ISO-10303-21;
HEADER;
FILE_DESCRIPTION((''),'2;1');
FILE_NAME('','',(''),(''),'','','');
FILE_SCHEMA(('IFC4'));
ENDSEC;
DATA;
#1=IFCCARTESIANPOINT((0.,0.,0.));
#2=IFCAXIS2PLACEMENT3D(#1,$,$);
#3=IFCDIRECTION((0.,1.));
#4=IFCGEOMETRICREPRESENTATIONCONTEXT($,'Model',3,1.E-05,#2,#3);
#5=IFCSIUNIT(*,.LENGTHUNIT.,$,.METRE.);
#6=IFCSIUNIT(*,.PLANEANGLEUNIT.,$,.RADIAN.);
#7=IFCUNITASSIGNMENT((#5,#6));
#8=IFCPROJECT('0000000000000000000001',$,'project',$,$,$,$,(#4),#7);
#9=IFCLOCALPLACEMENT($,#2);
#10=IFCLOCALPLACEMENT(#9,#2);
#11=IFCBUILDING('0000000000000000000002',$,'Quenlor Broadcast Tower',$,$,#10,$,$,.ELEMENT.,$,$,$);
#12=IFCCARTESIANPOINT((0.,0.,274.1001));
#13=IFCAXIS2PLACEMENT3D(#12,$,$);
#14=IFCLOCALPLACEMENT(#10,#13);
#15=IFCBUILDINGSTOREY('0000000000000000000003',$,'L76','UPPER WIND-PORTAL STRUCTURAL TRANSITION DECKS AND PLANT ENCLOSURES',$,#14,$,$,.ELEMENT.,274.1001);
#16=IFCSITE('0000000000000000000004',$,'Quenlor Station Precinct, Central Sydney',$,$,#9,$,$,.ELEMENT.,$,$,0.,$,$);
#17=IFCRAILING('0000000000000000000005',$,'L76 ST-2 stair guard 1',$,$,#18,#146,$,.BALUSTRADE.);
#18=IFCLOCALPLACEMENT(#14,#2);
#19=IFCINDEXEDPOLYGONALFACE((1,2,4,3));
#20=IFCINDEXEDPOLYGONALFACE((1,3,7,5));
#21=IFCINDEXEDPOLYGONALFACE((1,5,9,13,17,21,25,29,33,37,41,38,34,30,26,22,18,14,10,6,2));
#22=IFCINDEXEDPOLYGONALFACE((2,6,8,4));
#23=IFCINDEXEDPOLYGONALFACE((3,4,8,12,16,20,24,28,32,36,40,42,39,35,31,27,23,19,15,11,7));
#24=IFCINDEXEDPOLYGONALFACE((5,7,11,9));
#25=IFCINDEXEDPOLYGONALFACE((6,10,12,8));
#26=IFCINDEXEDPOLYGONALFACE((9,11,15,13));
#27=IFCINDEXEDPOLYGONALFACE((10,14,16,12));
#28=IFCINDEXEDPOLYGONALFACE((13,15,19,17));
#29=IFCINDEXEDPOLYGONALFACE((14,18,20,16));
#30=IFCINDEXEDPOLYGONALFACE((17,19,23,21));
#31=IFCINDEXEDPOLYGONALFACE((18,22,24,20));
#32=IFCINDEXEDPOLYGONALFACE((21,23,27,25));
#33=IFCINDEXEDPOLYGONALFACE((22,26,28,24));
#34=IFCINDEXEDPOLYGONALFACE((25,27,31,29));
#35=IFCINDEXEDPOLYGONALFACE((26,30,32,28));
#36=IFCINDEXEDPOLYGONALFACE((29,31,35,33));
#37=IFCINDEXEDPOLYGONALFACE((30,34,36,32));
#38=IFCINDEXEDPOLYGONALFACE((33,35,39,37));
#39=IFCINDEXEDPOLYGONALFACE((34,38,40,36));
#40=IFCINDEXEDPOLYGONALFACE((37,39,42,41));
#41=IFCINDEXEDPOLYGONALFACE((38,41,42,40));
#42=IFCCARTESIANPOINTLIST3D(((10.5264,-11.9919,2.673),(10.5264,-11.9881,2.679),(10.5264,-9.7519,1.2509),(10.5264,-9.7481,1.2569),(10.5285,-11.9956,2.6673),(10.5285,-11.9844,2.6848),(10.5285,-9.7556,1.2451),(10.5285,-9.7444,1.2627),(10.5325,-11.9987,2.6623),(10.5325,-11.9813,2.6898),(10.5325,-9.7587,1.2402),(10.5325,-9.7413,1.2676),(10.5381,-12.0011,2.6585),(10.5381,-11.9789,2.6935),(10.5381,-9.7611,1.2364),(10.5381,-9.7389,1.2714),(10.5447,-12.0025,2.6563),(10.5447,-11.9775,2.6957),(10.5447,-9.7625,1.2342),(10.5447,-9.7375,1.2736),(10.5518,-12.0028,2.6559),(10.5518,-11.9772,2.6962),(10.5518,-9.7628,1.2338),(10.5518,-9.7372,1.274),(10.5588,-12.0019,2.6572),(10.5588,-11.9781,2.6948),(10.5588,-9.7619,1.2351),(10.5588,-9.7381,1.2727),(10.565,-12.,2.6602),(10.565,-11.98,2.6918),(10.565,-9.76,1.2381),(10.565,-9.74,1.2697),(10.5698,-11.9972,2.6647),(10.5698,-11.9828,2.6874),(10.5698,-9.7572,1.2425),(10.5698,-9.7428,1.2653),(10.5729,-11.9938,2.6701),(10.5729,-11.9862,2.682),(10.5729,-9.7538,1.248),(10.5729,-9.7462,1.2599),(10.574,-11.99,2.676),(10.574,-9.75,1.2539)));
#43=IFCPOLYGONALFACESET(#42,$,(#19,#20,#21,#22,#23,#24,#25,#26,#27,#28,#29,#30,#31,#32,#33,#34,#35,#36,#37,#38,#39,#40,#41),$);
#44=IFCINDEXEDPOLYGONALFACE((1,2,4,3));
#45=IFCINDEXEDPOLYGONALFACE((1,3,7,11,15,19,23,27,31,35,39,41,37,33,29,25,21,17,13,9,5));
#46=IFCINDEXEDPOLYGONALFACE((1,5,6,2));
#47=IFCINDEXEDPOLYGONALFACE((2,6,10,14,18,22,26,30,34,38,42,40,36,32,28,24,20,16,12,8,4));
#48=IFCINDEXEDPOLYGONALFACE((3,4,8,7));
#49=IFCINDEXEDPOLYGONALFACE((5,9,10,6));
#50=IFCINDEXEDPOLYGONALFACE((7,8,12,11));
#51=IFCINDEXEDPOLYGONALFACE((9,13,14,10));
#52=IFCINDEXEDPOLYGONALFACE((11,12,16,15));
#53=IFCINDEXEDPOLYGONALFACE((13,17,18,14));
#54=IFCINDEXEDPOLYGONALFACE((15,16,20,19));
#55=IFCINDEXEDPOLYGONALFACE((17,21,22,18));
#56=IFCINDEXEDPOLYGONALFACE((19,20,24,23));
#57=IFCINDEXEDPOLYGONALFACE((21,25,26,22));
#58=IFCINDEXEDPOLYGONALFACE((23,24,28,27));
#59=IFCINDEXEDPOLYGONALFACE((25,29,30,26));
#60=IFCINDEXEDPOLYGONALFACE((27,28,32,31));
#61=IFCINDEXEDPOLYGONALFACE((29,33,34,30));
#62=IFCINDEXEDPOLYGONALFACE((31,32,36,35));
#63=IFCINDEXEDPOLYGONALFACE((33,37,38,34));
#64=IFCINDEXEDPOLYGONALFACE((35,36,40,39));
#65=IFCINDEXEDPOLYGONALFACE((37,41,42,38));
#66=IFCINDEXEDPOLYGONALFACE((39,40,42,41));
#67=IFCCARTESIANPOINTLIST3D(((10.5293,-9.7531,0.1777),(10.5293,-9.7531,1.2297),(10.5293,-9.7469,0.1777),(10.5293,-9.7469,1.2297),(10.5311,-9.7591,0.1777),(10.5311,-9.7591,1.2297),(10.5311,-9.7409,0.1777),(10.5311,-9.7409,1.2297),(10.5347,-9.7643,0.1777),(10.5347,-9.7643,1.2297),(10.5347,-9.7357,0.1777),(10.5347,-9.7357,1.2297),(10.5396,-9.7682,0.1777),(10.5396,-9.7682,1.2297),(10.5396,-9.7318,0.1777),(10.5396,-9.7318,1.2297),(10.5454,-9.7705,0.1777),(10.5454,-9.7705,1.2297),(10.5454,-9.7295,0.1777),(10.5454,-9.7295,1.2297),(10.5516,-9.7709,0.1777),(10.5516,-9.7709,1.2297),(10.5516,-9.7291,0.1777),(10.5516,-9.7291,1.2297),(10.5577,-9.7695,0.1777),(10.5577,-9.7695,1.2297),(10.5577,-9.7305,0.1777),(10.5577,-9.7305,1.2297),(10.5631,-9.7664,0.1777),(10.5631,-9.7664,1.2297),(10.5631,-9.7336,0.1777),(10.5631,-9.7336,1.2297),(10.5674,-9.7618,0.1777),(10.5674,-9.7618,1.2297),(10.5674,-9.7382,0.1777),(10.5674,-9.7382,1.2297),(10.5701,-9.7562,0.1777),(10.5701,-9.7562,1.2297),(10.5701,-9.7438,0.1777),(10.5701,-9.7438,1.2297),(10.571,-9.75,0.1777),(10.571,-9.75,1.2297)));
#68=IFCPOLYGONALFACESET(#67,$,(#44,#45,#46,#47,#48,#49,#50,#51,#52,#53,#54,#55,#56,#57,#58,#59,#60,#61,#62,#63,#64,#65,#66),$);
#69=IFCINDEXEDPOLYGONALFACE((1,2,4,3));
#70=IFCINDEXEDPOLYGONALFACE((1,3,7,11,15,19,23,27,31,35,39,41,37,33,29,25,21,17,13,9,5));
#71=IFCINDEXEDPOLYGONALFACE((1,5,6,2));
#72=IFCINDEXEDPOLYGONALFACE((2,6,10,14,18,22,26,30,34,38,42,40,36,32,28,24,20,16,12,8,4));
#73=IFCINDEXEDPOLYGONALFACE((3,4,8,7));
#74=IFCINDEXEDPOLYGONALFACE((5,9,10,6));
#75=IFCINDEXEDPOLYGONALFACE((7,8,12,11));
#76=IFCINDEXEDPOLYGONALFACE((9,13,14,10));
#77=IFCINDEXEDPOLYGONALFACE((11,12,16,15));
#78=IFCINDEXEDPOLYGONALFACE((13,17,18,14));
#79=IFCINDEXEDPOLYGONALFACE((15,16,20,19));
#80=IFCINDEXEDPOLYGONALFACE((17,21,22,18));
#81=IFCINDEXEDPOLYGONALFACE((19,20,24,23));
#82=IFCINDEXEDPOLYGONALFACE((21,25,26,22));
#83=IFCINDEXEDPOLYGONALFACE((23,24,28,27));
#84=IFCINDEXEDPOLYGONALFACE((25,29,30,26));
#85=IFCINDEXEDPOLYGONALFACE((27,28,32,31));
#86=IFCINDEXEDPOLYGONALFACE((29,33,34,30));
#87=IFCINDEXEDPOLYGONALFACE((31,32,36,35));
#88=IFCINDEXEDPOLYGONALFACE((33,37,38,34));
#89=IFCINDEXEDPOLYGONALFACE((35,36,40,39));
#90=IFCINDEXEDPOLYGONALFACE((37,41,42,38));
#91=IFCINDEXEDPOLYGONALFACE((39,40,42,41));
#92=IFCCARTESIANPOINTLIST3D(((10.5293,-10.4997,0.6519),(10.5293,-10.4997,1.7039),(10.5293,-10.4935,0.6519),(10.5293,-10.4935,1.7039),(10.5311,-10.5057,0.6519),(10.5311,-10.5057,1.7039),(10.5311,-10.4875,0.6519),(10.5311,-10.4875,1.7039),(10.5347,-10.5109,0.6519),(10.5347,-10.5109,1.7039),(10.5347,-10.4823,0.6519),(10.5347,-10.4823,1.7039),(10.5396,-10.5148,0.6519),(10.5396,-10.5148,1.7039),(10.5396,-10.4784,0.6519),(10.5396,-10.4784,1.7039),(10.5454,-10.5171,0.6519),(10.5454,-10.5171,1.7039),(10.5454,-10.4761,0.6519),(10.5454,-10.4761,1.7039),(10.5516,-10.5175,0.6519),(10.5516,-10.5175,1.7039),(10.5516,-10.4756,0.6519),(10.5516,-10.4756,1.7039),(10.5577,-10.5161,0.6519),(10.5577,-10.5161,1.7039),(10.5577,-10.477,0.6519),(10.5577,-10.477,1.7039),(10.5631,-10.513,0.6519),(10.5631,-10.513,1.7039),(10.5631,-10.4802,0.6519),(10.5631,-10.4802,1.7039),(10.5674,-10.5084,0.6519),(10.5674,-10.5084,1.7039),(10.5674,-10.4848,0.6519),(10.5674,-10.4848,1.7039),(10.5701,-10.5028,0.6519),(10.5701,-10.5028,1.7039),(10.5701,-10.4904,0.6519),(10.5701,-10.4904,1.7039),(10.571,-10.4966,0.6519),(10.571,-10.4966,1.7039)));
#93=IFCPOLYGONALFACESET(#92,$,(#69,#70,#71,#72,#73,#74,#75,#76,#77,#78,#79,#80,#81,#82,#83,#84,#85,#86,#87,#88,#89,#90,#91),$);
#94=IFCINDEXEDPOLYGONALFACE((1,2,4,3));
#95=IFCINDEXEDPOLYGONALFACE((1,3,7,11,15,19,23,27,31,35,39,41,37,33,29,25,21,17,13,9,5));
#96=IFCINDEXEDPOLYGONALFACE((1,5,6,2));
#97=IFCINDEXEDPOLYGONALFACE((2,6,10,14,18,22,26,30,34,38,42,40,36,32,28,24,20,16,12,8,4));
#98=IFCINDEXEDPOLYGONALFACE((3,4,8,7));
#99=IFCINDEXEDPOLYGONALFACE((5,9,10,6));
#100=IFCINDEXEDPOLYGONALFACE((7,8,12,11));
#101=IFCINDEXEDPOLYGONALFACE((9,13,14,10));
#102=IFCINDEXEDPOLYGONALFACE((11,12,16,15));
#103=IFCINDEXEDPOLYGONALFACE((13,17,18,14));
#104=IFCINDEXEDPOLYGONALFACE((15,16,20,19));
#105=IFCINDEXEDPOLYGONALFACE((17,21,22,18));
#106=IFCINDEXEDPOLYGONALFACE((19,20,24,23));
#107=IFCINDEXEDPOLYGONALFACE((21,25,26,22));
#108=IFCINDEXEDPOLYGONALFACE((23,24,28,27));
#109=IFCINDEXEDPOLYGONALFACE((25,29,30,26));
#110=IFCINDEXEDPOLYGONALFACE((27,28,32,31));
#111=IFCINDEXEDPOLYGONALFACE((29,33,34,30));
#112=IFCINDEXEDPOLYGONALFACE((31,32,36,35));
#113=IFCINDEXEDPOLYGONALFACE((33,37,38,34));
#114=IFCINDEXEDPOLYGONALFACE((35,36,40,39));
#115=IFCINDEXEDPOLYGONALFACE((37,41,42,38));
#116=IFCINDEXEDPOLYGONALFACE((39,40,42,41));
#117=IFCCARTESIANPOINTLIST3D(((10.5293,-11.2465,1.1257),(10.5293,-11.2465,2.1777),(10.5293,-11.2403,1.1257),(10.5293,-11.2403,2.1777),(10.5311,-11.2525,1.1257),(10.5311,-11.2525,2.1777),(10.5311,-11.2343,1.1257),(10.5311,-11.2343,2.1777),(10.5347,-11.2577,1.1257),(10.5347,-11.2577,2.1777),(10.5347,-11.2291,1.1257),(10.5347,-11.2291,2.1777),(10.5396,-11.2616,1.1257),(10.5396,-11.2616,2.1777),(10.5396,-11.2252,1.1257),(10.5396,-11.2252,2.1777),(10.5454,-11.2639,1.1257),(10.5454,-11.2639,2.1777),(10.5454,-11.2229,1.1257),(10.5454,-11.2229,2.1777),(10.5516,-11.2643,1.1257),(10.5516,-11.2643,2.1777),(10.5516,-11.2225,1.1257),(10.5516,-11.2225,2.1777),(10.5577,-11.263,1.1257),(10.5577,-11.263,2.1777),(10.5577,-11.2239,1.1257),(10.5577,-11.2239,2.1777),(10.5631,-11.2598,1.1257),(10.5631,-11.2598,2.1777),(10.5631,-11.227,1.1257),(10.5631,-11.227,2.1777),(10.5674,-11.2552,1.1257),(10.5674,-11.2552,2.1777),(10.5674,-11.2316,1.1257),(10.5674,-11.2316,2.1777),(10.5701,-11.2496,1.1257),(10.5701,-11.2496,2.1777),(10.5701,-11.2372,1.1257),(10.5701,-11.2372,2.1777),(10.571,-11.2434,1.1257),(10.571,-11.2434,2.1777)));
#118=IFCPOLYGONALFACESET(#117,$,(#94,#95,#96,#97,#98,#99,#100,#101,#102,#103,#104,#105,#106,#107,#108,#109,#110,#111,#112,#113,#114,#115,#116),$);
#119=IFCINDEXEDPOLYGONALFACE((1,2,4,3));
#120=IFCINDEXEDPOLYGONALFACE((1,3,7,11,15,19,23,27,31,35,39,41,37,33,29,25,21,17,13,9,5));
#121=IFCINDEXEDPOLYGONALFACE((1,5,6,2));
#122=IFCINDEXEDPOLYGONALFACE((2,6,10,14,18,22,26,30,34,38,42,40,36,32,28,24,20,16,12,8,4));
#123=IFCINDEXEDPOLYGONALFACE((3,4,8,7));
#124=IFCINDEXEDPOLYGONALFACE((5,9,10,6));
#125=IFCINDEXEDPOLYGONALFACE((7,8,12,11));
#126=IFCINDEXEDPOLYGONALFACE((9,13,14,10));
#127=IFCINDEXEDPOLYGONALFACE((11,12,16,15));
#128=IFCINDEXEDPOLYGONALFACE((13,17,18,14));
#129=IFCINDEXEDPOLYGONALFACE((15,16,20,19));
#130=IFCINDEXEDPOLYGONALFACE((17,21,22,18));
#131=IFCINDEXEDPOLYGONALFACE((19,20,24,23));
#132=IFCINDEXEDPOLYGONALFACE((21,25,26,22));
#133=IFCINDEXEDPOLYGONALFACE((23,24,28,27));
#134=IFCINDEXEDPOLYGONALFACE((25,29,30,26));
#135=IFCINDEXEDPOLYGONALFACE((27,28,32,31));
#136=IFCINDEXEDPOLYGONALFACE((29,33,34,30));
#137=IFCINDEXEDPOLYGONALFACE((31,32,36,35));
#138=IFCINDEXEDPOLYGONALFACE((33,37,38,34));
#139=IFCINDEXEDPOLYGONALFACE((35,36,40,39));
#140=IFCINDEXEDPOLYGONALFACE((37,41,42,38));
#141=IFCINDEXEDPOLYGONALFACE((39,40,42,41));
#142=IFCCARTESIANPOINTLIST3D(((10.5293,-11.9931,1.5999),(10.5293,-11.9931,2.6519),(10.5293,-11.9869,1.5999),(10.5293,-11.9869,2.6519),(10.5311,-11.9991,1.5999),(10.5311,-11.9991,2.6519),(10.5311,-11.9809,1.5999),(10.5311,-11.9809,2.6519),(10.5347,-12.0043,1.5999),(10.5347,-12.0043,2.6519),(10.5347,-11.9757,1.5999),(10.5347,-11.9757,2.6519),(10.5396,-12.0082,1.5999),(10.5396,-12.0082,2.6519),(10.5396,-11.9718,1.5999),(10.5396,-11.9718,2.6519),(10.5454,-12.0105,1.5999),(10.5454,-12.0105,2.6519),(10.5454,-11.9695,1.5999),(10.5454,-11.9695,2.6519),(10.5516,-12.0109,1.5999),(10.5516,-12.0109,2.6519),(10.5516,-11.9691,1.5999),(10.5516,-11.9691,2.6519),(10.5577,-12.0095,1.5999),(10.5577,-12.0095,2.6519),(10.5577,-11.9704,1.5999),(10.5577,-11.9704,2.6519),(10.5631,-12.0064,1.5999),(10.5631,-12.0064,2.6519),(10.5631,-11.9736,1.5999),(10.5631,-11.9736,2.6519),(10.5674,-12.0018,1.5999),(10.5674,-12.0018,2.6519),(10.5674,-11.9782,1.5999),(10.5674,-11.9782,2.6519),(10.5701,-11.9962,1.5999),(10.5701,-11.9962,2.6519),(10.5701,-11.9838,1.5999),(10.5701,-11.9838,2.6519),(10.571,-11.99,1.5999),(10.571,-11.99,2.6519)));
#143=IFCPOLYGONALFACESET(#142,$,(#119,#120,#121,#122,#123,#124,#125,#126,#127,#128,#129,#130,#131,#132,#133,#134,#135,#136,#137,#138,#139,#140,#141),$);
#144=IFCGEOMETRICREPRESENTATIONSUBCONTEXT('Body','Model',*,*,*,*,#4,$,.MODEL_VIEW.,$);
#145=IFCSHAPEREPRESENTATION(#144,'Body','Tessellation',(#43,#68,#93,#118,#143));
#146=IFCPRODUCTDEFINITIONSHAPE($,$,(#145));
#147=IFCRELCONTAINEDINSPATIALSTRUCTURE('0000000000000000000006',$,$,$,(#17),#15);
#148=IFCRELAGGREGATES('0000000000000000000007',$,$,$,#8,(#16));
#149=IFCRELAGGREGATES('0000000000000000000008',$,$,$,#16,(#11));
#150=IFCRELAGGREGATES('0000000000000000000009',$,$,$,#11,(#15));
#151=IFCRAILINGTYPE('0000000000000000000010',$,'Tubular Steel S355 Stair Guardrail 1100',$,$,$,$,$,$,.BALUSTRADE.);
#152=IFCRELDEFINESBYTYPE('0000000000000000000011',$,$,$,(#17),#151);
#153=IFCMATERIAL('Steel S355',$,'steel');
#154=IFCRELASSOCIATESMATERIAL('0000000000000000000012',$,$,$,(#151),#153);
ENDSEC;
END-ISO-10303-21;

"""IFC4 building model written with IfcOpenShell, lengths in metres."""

from ifc_helpers import new_model, si_unit, direction, frame, origin, origin_2d, place, context, subcontext, project, spatial, circle, extrude, material, type_object, element, save


model = new_model("IFC4")

# Units and contexts
model_context = context("Model", 3, precision=1e-05, world=origin(), true_north=direction((0.0, 1.0)))
body_context = subcontext(model_context, "Body", "Model", "MODEL_VIEW")
ifc_project = project(units=[si_unit("LENGTHUNIT", "METRE"), si_unit("PLANEANGLEUNIT", "RADIAN")], contexts=[model_context])

# Site, building, storey
site_placement = place(None, origin())
site = spatial("IfcSite", under=ifc_project, at=site_placement, Name="Quenlor Station Precinct, Central Sydney", CompositionType="ELEMENT", RefElevation=0.0)
building_placement = place(site_placement, origin())
building = spatial("IfcBuilding", under=site, at=building_placement, Name="Quenlor Broadcast Tower", CompositionType="ELEMENT")
storey_placement = place(building_placement, frame((0.0, 0.0, 274.1001)))
storey = spatial("IfcBuildingStorey", under=building, at=storey_placement, Name="L76", Description="UPPER WIND-PORTAL STRUCTURAL TRANSITION DECKS AND PLANT ENCLOSURES", CompositionType="ELEMENT", Elevation=274.1001)

# Railing
ifc_material_1 = material(Name="Steel S355", Category="steel")
railing_type_1 = type_object("IfcRailingType", Name="Tubular Steel S355 Stair Guardrail 1100", PredefinedType="BALUSTRADE", material=ifc_material_1)
railing_1_placement = place(storey_placement, frame((10.55, -9.75, 0.1777)))
element("IfcRailing", 1, at=railing_1_placement, inside=storey, type_object=railing_type_1, Name="L76 ST-2 stair guard 1", PredefinedType="BALUSTRADE", context=body_context, shape_type="SweptSolid", body=[
    extrude(circle(Radius=0.0239, at=origin_2d()), frame((0.0, 0.0, 1.0762), z_axis=(0.0, -0.844229, 0.535982), x_axis=(1.0, 0.0, 0.0)), (0.0, 0.0, 1.0), 2.6533),
    extrude(circle(Radius=0.021, at=origin_2d()), origin(), (0.0, 0.0, 1.0), 1.052),
    extrude(circle(Radius=0.021, at=origin_2d()), frame((0.0, -0.7466, 0.4741)), (0.0, 0.0, 1.0), 1.052),
    extrude(circle(Radius=0.021, at=origin_2d()), frame((0.0, -1.4934, 0.948)), (0.0, 0.0, 1.0), 1.052),
    extrude(circle(Radius=0.021, at=origin_2d()), frame((0.0, -2.24, 1.4221)), (0.0, 0.0, 1.0), 1.052),
])

save(model, "model.ifc")
